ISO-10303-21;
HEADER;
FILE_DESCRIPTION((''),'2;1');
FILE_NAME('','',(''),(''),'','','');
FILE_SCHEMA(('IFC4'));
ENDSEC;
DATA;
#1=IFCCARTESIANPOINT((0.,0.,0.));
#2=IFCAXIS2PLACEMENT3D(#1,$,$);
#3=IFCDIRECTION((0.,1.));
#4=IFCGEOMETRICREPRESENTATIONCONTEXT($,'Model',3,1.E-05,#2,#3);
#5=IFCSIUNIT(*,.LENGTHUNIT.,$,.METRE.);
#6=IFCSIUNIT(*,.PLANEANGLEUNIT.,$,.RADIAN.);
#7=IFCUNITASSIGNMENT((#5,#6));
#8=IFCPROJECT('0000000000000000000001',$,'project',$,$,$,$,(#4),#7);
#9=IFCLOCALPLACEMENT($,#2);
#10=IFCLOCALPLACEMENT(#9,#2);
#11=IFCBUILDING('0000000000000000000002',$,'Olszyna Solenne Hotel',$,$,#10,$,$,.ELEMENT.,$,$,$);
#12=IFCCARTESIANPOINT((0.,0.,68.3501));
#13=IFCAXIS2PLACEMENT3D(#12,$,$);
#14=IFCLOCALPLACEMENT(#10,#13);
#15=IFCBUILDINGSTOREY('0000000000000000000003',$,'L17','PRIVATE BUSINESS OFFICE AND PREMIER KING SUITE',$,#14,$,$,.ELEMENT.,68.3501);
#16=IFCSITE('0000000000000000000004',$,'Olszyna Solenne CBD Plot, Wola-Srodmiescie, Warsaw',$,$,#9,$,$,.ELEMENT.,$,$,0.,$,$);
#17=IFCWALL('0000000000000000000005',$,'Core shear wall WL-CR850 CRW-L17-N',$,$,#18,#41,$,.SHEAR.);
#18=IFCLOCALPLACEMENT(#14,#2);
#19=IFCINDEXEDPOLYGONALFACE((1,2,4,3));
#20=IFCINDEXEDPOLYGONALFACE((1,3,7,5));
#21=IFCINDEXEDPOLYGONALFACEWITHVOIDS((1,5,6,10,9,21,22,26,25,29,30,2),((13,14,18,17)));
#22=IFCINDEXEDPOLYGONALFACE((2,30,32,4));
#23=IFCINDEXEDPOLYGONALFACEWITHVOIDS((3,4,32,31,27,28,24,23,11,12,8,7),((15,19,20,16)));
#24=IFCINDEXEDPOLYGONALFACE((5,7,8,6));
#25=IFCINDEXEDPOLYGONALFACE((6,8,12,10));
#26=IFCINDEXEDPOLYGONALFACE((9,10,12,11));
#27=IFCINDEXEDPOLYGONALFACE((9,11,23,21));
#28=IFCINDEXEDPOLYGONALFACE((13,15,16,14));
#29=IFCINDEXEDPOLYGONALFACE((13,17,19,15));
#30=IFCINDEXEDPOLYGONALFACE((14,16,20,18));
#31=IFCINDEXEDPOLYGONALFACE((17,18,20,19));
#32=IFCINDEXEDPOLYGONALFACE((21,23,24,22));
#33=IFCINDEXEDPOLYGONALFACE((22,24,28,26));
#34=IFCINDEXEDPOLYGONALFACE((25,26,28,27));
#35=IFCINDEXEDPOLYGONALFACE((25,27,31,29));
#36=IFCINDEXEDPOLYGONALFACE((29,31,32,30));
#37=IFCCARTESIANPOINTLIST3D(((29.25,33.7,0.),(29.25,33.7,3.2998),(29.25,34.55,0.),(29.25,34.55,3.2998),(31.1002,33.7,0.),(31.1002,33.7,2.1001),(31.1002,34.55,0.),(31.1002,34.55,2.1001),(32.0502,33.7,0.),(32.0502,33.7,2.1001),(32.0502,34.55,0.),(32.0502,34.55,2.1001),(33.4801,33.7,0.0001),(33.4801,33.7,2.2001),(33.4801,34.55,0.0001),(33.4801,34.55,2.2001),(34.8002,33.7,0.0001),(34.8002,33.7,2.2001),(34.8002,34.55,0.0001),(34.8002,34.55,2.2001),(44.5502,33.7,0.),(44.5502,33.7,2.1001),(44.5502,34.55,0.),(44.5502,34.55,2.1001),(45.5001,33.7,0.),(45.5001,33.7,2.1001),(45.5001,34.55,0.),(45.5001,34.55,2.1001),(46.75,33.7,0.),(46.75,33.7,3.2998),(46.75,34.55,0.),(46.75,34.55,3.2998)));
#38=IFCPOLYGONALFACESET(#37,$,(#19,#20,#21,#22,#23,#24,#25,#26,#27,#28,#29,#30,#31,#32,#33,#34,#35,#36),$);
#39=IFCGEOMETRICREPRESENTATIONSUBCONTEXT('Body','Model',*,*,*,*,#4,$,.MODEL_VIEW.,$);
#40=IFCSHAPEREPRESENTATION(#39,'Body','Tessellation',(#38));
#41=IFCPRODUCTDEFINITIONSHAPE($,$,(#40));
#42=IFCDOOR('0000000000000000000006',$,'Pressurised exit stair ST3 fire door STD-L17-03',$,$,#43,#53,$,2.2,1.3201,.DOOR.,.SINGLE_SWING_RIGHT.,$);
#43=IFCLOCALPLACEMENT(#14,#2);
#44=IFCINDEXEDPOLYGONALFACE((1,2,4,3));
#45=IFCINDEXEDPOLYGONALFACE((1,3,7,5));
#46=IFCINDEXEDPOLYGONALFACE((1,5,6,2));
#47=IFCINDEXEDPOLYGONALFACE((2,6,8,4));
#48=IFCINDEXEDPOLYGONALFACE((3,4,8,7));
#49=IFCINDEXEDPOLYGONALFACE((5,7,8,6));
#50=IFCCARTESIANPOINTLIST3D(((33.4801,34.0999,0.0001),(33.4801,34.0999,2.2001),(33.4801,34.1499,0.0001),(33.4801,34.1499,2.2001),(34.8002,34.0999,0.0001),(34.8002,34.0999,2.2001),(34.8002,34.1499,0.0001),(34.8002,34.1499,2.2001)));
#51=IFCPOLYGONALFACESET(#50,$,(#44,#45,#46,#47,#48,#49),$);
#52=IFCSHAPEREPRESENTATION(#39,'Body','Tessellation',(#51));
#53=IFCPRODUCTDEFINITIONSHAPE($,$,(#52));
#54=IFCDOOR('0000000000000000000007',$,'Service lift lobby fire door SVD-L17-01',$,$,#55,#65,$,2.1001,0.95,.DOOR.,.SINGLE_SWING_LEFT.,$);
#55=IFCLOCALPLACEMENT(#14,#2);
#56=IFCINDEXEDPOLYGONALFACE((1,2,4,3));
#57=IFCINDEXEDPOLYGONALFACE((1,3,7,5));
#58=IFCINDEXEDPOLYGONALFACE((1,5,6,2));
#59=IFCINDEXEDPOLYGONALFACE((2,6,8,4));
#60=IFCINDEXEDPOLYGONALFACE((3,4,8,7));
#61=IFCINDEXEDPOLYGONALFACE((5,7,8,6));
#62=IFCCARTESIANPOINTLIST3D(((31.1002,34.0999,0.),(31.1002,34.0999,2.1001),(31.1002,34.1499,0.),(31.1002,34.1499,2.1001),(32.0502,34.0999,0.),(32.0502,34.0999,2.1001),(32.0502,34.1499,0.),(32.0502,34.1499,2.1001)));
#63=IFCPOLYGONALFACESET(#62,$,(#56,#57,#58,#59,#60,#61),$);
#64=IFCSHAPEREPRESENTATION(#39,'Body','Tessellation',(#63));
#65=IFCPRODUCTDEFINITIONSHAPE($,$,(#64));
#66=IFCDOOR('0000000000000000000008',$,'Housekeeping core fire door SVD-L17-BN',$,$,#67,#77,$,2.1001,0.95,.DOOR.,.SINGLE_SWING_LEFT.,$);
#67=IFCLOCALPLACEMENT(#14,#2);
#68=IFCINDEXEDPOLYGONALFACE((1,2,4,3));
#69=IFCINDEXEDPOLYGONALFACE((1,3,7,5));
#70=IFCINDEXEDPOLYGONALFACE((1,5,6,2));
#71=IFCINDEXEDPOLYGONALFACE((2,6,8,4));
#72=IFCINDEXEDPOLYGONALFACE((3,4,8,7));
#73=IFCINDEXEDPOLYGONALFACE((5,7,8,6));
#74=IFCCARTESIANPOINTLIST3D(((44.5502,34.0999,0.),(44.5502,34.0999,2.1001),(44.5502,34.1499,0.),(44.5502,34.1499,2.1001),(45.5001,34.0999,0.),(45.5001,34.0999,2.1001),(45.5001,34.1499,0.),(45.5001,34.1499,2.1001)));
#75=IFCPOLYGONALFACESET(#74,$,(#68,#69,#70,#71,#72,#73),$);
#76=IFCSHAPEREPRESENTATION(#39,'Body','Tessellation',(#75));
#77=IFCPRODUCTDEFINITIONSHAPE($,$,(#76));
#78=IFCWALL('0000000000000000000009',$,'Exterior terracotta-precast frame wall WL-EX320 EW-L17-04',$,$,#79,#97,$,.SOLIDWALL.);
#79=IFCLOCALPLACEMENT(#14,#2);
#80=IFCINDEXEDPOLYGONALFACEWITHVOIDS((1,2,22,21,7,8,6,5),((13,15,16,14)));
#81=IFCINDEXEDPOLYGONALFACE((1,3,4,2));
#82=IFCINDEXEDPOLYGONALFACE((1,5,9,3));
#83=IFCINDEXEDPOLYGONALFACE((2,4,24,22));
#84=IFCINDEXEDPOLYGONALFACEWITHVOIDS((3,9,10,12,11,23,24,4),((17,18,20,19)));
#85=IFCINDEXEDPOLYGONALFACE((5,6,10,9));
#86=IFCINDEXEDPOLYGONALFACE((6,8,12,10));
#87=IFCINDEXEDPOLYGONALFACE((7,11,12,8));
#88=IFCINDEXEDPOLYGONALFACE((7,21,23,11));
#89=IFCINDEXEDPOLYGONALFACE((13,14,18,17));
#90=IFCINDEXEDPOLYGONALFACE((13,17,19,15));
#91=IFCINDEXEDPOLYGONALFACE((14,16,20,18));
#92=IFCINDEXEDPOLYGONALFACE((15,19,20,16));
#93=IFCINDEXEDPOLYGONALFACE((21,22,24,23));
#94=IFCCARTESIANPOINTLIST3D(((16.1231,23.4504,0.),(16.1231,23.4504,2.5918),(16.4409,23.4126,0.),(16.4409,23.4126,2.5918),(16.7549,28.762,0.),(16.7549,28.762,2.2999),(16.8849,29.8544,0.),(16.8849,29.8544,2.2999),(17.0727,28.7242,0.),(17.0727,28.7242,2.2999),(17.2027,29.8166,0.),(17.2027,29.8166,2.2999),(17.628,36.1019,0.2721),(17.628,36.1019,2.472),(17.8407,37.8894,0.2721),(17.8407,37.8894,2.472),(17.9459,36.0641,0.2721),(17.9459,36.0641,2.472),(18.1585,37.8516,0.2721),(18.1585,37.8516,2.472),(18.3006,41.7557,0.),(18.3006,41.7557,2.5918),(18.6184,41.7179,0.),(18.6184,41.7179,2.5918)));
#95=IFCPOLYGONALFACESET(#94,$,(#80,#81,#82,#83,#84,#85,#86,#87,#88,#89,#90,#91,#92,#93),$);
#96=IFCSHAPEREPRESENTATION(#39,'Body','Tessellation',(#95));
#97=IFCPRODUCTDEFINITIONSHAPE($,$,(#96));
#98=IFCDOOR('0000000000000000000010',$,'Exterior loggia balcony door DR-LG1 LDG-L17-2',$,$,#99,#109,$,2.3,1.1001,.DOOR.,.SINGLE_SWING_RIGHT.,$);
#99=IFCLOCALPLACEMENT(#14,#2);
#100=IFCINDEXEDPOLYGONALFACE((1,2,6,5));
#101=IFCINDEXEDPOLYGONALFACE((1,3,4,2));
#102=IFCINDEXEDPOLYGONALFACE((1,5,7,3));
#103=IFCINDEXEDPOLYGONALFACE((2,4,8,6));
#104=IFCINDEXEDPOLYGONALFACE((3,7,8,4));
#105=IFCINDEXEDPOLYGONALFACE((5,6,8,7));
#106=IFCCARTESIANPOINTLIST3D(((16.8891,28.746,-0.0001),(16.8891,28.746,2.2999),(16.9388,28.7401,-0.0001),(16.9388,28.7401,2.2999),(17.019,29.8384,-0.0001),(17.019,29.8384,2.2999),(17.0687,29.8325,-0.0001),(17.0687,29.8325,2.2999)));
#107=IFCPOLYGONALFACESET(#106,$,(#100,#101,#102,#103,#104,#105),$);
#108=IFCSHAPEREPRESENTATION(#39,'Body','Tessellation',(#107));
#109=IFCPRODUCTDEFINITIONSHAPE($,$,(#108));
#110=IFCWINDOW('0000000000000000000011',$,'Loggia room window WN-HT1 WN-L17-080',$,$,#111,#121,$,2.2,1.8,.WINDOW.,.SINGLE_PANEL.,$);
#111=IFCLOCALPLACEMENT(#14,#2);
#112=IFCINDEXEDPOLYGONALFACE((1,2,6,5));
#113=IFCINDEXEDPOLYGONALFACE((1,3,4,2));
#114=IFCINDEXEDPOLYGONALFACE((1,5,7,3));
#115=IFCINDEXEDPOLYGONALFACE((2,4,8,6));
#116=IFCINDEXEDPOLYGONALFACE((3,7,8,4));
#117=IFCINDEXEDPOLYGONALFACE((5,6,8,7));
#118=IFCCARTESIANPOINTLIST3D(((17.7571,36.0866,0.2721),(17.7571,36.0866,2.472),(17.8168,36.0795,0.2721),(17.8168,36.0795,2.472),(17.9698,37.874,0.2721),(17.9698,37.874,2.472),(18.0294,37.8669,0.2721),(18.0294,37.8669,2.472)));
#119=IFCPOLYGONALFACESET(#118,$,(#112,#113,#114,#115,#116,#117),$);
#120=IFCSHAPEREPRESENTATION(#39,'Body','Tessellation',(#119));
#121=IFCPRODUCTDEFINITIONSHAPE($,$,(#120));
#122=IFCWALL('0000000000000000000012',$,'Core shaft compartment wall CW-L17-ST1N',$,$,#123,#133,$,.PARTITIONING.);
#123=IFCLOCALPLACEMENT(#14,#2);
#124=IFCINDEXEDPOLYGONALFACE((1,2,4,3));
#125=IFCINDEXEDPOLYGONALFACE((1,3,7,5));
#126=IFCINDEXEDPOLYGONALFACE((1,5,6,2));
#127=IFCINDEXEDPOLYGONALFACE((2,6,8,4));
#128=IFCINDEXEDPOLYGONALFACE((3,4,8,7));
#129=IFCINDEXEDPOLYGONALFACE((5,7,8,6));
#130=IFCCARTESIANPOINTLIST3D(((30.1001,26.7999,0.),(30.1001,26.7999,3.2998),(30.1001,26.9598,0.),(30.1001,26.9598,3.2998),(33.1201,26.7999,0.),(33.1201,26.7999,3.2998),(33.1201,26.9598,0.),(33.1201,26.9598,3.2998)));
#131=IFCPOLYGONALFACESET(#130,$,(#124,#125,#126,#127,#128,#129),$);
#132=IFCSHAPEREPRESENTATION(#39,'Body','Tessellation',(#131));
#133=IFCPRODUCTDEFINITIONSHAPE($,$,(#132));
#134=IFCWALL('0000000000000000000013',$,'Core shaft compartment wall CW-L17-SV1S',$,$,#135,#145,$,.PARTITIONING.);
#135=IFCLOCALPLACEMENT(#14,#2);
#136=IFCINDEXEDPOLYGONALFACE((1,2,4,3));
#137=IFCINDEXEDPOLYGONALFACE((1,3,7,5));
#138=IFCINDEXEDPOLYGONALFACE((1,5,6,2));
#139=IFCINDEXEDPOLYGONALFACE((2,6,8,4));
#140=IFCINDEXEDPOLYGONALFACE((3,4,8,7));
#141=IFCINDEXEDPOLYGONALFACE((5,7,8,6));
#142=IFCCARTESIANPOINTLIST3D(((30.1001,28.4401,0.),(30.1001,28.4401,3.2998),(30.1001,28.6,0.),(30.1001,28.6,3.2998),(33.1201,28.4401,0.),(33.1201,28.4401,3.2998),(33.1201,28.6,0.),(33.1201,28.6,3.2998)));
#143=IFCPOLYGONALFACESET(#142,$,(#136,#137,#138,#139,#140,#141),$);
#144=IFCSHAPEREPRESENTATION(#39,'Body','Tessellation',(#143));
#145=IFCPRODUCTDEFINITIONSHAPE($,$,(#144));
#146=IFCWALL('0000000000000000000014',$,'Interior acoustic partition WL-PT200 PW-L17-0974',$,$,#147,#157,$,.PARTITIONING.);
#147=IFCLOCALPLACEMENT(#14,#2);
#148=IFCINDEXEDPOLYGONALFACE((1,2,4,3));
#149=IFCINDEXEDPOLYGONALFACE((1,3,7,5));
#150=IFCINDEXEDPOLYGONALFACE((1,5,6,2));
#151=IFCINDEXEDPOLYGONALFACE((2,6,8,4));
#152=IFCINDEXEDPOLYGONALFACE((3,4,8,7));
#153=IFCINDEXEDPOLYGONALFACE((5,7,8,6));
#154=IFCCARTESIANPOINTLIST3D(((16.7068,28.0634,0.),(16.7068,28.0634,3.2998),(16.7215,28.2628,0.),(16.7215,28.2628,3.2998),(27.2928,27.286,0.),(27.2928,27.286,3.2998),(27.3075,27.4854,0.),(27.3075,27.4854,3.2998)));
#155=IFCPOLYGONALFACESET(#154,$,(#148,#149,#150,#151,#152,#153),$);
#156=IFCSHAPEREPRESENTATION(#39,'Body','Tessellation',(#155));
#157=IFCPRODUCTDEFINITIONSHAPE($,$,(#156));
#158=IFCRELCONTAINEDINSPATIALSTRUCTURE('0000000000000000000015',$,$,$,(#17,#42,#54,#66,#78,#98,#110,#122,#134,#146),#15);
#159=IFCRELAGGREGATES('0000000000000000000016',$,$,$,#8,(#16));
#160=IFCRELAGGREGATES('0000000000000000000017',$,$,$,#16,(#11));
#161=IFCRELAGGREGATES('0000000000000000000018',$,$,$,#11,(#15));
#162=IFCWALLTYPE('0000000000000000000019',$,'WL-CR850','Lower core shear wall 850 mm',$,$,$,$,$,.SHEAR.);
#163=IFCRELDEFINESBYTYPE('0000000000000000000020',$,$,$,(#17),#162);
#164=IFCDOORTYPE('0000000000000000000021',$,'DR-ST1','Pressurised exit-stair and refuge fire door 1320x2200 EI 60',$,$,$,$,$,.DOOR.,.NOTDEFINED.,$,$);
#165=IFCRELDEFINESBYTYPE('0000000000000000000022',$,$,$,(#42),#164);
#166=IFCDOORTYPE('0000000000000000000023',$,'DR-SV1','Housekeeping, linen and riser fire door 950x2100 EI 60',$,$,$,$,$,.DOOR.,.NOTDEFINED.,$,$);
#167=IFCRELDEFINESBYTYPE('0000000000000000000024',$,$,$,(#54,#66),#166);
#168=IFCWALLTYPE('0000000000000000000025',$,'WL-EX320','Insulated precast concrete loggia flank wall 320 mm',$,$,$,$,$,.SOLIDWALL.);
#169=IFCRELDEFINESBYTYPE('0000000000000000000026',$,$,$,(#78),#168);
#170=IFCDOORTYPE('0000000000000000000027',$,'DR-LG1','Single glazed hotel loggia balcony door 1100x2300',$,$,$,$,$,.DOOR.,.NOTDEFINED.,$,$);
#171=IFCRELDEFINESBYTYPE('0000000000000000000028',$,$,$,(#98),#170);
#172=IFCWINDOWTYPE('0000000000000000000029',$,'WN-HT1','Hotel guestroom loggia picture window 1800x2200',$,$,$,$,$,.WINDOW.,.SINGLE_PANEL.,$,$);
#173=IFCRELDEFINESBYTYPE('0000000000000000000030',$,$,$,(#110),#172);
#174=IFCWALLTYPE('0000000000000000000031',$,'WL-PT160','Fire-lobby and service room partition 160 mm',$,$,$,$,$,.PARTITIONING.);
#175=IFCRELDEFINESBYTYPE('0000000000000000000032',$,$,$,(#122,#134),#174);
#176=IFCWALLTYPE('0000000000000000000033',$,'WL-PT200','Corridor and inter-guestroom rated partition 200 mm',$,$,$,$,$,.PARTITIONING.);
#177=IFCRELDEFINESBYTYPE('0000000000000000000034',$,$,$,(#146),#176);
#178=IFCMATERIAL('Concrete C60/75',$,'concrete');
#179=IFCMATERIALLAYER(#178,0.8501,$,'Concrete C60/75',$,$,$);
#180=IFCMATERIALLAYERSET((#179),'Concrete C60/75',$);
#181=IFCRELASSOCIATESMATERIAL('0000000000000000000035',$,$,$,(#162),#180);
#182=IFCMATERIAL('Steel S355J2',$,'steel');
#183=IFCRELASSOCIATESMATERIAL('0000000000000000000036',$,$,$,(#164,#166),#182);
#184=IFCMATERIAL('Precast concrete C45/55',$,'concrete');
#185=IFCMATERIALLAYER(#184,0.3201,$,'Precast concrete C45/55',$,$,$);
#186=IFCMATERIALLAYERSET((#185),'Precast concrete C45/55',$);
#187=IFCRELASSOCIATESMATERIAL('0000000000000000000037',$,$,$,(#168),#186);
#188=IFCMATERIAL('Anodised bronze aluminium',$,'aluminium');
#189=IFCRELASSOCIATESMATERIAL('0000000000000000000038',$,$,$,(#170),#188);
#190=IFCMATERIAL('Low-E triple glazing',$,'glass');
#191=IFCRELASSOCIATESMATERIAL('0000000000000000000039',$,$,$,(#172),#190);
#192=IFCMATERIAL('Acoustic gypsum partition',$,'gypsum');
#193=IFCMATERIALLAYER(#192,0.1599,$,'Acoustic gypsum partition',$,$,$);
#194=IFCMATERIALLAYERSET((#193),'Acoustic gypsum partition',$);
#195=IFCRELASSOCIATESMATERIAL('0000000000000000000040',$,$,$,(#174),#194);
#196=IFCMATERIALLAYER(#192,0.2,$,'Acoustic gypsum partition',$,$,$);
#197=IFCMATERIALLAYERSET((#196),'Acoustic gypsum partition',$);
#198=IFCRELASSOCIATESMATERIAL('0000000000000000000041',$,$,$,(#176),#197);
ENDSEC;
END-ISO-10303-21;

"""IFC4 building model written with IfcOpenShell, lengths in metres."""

from ifc_helpers import new_model, si_unit, direction, frame, frame_2d, origin, place, context, subcontext, project, spatial, rectangle, extrude, source, transform, mapped, material, layer, layer_set, type_object, type_shapes, element, fill, save


model = new_model("IFC4")

# Units and contexts
model_context = context("Model", 3, precision=1e-05, world=origin(), true_north=direction((0.0, 1.0)))
body_context = subcontext(model_context, "Body", "Model", "MODEL_VIEW")
ifc_project = project(units=[si_unit("LENGTHUNIT", "METRE"), si_unit("PLANEANGLEUNIT", "RADIAN")], contexts=[model_context])

# Site, building, storey
site_placement = place(None, origin())
site = spatial("IfcSite", under=ifc_project, at=site_placement, Name="Olszyna Solenne CBD Plot, Wola-Srodmiescie, Warsaw", CompositionType="ELEMENT", RefElevation=0.0)
building_placement = place(site_placement, origin())
building = spatial("IfcBuilding", under=site, at=building_placement, Name="Olszyna Solenne Hotel", CompositionType="ELEMENT")
storey_placement = place(building_placement, frame((0.0, 0.0, 68.3501)))
storey = spatial("IfcBuildingStorey", under=building, at=storey_placement, Name="L17", Description="PRIVATE BUSINESS OFFICE AND PREMIER KING SUITE", CompositionType="ELEMENT", Elevation=68.3501)

# Shared definitions
ifc_material_1 = material(Name="Steel S355J2", Category="steel")

# Shared definitions
ifc_material_2 = material(Name="Anodised bronze aluminium", Category="aluminium")

# Wall, openings, doors
ifc_material_3 = material(Name="Concrete C60/75", Category="concrete")
ifc_layer_1 = layer(ifc_material_3, 0.8501, Name="Concrete C60/75")
ifc_layer_set_1 = layer_set([ifc_layer_1], Name="Concrete C60/75")
wall_type_1 = type_object("IfcWallType", Name="WL-CR850", Description="Lower core shear wall 850 mm", PredefinedType="SHEAR", material=ifc_layer_set_1)
wall_1_placement = place(storey_placement, frame((29.25, 34.125, 0.0), z_axis=(0.0, 0.0, 1.0), x_axis=(1.0, 0.0, 0.0)))
wall_1 = element("IfcWall", 1, at=wall_1_placement, inside=storey, type_object=wall_type_1, Name="Core shear wall WL-CR850 CRW-L17-N", PredefinedType="SHEAR", context=body_context, shape_type="SweptSolid", body=[
    extrude(rectangle(XDim=17.5, YDim=0.8501, at=frame_2d((8.75, 0.0))), origin(), (0.0, 0.0, 1.0), 3.2998),
])
opening_1_placement = place(wall_1_placement, frame((1.8501, 0.0, 0.0)))
opening_1 = element("IfcOpeningElement", 2, at=opening_1_placement, cuts=wall_1, PredefinedType="OPENING", context=body_context, shape_type="SweptSolid", body=[
    extrude(rectangle(XDim=0.95, YDim=2.1001, at=frame_2d((0.4751, 1.05))), frame((0.0, 0.4351, 0.0), z_axis=(0.0, -1.0, 0.0), x_axis=(1.0, 0.0, 0.0)), (0.0, 0.0, 1.0), 0.8701),
])
opening_2_placement = place(wall_1_placement, frame((4.23, 0.0, 0.0)))
opening_2 = element("IfcOpeningElement", 3, at=opening_2_placement, cuts=wall_1, PredefinedType="OPENING", context=body_context, shape_type="SweptSolid", body=[
    extrude(rectangle(XDim=1.3201, YDim=2.2, at=frame_2d((0.6602, 1.1001))), frame((0.0, 0.4351, 0.0), z_axis=(0.0, -1.0, 0.0), x_axis=(1.0, 0.0, 0.0)), (0.0, 0.0, 1.0), 0.8701),
])
opening_3_placement = place(wall_1_placement, frame((15.3, 0.0, 0.0)))
opening_3 = element("IfcOpeningElement", 4, at=opening_3_placement, cuts=wall_1, PredefinedType="OPENING", context=body_context, shape_type="SweptSolid", body=[
    extrude(rectangle(XDim=0.95, YDim=2.1001, at=frame_2d((0.4751, 1.05))), frame((0.0, 0.4351, 0.0), z_axis=(0.0, -1.0, 0.0), x_axis=(1.0, 0.0, 0.0)), (0.0, 0.0, 1.0), 0.8701),
])
door_type_1 = type_object("IfcDoorType", Name="DR-ST1", Description="Pressurised exit-stair and refuge fire door 1320x2200 EI 60", OperationType="NOTDEFINED", PredefinedType="DOOR", material=ifc_material_1)
shared_shape_1 = source(origin(), body_context, "Body", "SweptSolid", [
    extrude(rectangle(XDim=1.3201, YDim=2.2, at=frame_2d((0.6602, 1.1001))), frame((0.0, 0.0249, 0.0), z_axis=(0.0, -1.0, 0.0), x_axis=(1.0, 0.0, 0.0)), (0.0, 0.0, 1.0), 0.05),
])
type_shapes(door_type_1, [shared_shape_1])
door_1_placement = place(opening_2_placement, origin())
door_1 = element("IfcDoor", 5, at=door_1_placement, inside=storey, type_object=door_type_1, Name="Pressurised exit stair ST3 fire door STD-L17-03", OperationType="SINGLE_SWING_RIGHT", OverallHeight=2.2, OverallWidth=1.3201, PredefinedType="DOOR", context=body_context, shape_type="MappedRepresentation", body=[
    mapped(shared_shape_1, transform((0.0, 0.0, 0.0), x_axis=(1.0, 0.0, 0.0), y_axis=(0.0, 1.0, 0.0), z_axis=(0.0, 0.0, 1.0), scale=1.0)),
])
fill(opening_2, door_1)
door_type_2 = type_object("IfcDoorType", Name="DR-SV1", Description="Housekeeping, linen and riser fire door 950x2100 EI 60", OperationType="NOTDEFINED", PredefinedType="DOOR", material=ifc_material_1)
shared_shape_2 = source(origin(), body_context, "Body", "SweptSolid", [
    extrude(rectangle(XDim=0.95, YDim=2.1001, at=frame_2d((0.4751, 1.05))), frame((0.0, 0.0249, 0.0), z_axis=(0.0, -1.0, 0.0), x_axis=(1.0, 0.0, 0.0)), (0.0, 0.0, 1.0), 0.05),
])
type_shapes(door_type_2, [shared_shape_2])
door_2_placement = place(opening_1_placement, origin())
door_2 = element("IfcDoor", 6, at=door_2_placement, inside=storey, type_object=door_type_2, Name="Service lift lobby fire door SVD-L17-01", OperationType="SINGLE_SWING_LEFT", OverallHeight=2.1001, OverallWidth=0.95, PredefinedType="DOOR", context=body_context, shape_type="MappedRepresentation", body=[
    mapped(shared_shape_2, transform((0.0, 0.0, 0.0), x_axis=(1.0, 0.0, 0.0), y_axis=(0.0, 1.0, 0.0), z_axis=(0.0, 0.0, 1.0), scale=1.0)),
])
fill(opening_1, door_2)
door_3_placement = place(opening_3_placement, origin())
door_3 = element("IfcDoor", 7, at=door_3_placement, inside=storey, type_object=door_type_2, Name="Housekeeping core fire door SVD-L17-BN", OperationType="SINGLE_SWING_LEFT", OverallHeight=2.1001, OverallWidth=0.95, PredefinedType="DOOR", context=body_context, shape_type="MappedRepresentation", body=[
    mapped(shared_shape_2, transform((0.0, 0.0, 0.0), x_axis=(1.0, 0.0, 0.0), y_axis=(0.0, 1.0, 0.0), z_axis=(0.0, 0.0, 1.0), scale=1.0)),
])
fill(opening_3, door_3)

# Wall, openings, door, window
ifc_material_4 = material(Name="Precast concrete C45/55", Category="concrete")
ifc_layer_2 = layer(ifc_material_4, 0.3201, Name="Precast concrete C45/55")
ifc_layer_set_2 = layer_set([ifc_layer_2], Name="Precast concrete C45/55")
wall_type_2 = type_object("IfcWallType", Name="WL-EX320", Description="Insulated precast concrete loggia flank wall 320 mm", PredefinedType="SOLIDWALL", material=ifc_layer_set_2)
wall_2_placement = place(storey_placement, frame((16.282, 23.4314, 0.0), z_axis=(0.0, 0.0, 1.0), x_axis=(0.118122, 0.992999, 0.0)))
wall_2 = element("IfcWall", 8, at=wall_2_placement, inside=storey, type_object=wall_type_2, Name="Exterior terracotta-precast frame wall WL-EX320 EW-L17-04", PredefinedType="SOLIDWALL", context=body_context, shape_type="SweptSolid", body=[
    extrude(rectangle(XDim=18.4343, YDim=0.3201, at=frame_2d((9.2173, 0.0))), origin(), (0.0, 0.0, 1.0), 2.5918),
])
opening_4_placement = place(wall_2_placement, frame((5.3491, 0.0, 0.0)))
opening_4 = element("IfcOpeningElement", 9, at=opening_4_placement, cuts=wall_2, PredefinedType="OPENING", context=body_context, shape_type="SweptSolid", body=[
    extrude(rectangle(XDim=1.1001, YDim=2.3, at=frame_2d((0.55, 1.1499))), frame((0.0, 0.1699, 0.0), z_axis=(0.0, -1.0, 0.0), x_axis=(1.0, 0.0, 0.0)), (0.0, 0.0, 1.0), 0.3401),
])
opening_5_placement = place(wall_2_placement, frame((12.741, 0.0, 0.272)))
opening_5 = element("IfcOpeningElement", 10, at=opening_5_placement, cuts=wall_2, PredefinedType="OPENING", context=body_context, shape_type="SweptSolid", body=[
    extrude(rectangle(XDim=1.8, YDim=2.2, at=frame_2d((0.8999, 1.1001))), frame((0.0, 0.1699, 0.0), z_axis=(0.0, -1.0, 0.0), x_axis=(1.0, 0.0, 0.0)), (0.0, 0.0, 1.0), 0.3401),
])
door_type_3 = type_object("IfcDoorType", Name="DR-LG1", Description="Single glazed hotel loggia balcony door 1100x2300", OperationType="NOTDEFINED", PredefinedType="DOOR", material=ifc_material_2)
shared_shape_3 = source(origin(), body_context, "Body", "SweptSolid", [
    extrude(rectangle(XDim=1.1001, YDim=2.3, at=frame_2d((0.55, 1.1499))), frame((0.0, 0.0249, 0.0), z_axis=(0.0, -1.0, 0.0), x_axis=(1.0, 0.0, 0.0)), (0.0, 0.0, 1.0), 0.05),
])
type_shapes(door_type_3, [shared_shape_3])
door_4_placement = place(opening_4_placement, origin())
door_4 = element("IfcDoor", 11, at=door_4_placement, inside=storey, type_object=door_type_3, Name="Exterior loggia balcony door DR-LG1 LDG-L17-2", OperationType="SINGLE_SWING_RIGHT", OverallHeight=2.3, OverallWidth=1.1001, PredefinedType="DOOR", context=body_context, shape_type="MappedRepresentation", body=[
    mapped(shared_shape_3, transform((0.0, 0.0, 0.0), x_axis=(1.0, 0.0, 0.0), y_axis=(0.0, 1.0, 0.0), z_axis=(0.0, 0.0, 1.0), scale=1.0)),
])
fill(opening_4, door_4)
ifc_material_5 = material(Name="Low-E triple glazing", Category="glass")
window_type = type_object("IfcWindowType", Name="WN-HT1", Description="Hotel guestroom loggia picture window 1800x2200", PartitioningType="SINGLE_PANEL", PredefinedType="WINDOW", material=ifc_material_5)
shared_shape_4 = source(origin(), body_context, "Body", "SweptSolid", [
    extrude(rectangle(XDim=1.8, YDim=2.2, at=frame_2d((0.8999, 1.1001))), frame((0.0, 0.03, 0.0), z_axis=(0.0, -1.0, 0.0), x_axis=(1.0, 0.0, 0.0)), (0.0, 0.0, 1.0), 0.0601),
])
type_shapes(window_type, [shared_shape_4])
window_placement = place(opening_5_placement, origin())
window = element("IfcWindow", 12, at=window_placement, inside=storey, type_object=window_type, Name="Loggia room window WN-HT1 WN-L17-080", OverallHeight=2.2, OverallWidth=1.8, PartitioningType="SINGLE_PANEL", PredefinedType="WINDOW", context=body_context, shape_type="MappedRepresentation", body=[
    mapped(shared_shape_4, transform((0.0, 0.0, 0.0), x_axis=(1.0, 0.0, 0.0), y_axis=(0.0, 1.0, 0.0), z_axis=(0.0, 0.0, 1.0), scale=1.0)),
])
fill(opening_5, window)

# Walls
ifc_material_6 = material(Name="Acoustic gypsum partition", Category="gypsum")
ifc_layer_3 = layer(ifc_material_6, 0.1599, Name="Acoustic gypsum partition")
ifc_layer_set_3 = layer_set([ifc_layer_3], Name="Acoustic gypsum partition")
wall_type_3 = type_object("IfcWallType", Name="WL-PT160", Description="Fire-lobby and service room partition 160 mm", PredefinedType="PARTITIONING", material=ifc_layer_set_3)
for number, where, z_axis, x_axis, name in (
    (13, (30.1001, 26.8799, 0.0), (0.0, 0.0, 1.0), (1.0, 0.0, 0.0), "Core shaft compartment wall CW-L17-ST1N"),
    (14, (30.1001, 28.52, 0.0), (0.0, 0.0, 1.0), (1.0, 0.0, 0.0), "Core shaft compartment wall CW-L17-SV1S"),
):
    element("IfcWall", number, at=place(storey_placement, frame(where, z_axis=z_axis, x_axis=x_axis)), inside=storey, type_object=wall_type_3, Name=name, PredefinedType="PARTITIONING", context=body_context, shape_type="SweptSolid", body=[
        extrude(rectangle(XDim=3.02, YDim=0.1599, at=frame_2d((1.51, 0.0))), origin(), (0.0, 0.0, 1.0), 3.2998),
    ])
ifc_layer_4 = layer(ifc_material_6, 0.2, Name="Acoustic gypsum partition")
ifc_layer_set_4 = layer_set([ifc_layer_4], Name="Acoustic gypsum partition")
wall_type_4 = type_object("IfcWallType", Name="WL-PT200", Description="Corridor and inter-guestroom rated partition 200 mm", PredefinedType="PARTITIONING", material=ifc_layer_set_4)
wall_3_placement = place(storey_placement, frame((27.3, 27.3857, 0.0), z_axis=(0.0, 0.0, 1.0), x_axis=(-0.997315, 0.073235, 0.0)))
element("IfcWall", 15, at=wall_3_placement, inside=storey, type_object=wall_type_4, Name="Interior acoustic partition WL-PT200 PW-L17-0974", PredefinedType="PARTITIONING", context=body_context, shape_type="SweptSolid", body=[
    extrude(rectangle(XDim=10.6145, YDim=0.2, at=frame_2d((5.3071, 0.0))), origin(), (0.0, 0.0, 1.0), 3.2998),
])

save(model, "model.ifc")
